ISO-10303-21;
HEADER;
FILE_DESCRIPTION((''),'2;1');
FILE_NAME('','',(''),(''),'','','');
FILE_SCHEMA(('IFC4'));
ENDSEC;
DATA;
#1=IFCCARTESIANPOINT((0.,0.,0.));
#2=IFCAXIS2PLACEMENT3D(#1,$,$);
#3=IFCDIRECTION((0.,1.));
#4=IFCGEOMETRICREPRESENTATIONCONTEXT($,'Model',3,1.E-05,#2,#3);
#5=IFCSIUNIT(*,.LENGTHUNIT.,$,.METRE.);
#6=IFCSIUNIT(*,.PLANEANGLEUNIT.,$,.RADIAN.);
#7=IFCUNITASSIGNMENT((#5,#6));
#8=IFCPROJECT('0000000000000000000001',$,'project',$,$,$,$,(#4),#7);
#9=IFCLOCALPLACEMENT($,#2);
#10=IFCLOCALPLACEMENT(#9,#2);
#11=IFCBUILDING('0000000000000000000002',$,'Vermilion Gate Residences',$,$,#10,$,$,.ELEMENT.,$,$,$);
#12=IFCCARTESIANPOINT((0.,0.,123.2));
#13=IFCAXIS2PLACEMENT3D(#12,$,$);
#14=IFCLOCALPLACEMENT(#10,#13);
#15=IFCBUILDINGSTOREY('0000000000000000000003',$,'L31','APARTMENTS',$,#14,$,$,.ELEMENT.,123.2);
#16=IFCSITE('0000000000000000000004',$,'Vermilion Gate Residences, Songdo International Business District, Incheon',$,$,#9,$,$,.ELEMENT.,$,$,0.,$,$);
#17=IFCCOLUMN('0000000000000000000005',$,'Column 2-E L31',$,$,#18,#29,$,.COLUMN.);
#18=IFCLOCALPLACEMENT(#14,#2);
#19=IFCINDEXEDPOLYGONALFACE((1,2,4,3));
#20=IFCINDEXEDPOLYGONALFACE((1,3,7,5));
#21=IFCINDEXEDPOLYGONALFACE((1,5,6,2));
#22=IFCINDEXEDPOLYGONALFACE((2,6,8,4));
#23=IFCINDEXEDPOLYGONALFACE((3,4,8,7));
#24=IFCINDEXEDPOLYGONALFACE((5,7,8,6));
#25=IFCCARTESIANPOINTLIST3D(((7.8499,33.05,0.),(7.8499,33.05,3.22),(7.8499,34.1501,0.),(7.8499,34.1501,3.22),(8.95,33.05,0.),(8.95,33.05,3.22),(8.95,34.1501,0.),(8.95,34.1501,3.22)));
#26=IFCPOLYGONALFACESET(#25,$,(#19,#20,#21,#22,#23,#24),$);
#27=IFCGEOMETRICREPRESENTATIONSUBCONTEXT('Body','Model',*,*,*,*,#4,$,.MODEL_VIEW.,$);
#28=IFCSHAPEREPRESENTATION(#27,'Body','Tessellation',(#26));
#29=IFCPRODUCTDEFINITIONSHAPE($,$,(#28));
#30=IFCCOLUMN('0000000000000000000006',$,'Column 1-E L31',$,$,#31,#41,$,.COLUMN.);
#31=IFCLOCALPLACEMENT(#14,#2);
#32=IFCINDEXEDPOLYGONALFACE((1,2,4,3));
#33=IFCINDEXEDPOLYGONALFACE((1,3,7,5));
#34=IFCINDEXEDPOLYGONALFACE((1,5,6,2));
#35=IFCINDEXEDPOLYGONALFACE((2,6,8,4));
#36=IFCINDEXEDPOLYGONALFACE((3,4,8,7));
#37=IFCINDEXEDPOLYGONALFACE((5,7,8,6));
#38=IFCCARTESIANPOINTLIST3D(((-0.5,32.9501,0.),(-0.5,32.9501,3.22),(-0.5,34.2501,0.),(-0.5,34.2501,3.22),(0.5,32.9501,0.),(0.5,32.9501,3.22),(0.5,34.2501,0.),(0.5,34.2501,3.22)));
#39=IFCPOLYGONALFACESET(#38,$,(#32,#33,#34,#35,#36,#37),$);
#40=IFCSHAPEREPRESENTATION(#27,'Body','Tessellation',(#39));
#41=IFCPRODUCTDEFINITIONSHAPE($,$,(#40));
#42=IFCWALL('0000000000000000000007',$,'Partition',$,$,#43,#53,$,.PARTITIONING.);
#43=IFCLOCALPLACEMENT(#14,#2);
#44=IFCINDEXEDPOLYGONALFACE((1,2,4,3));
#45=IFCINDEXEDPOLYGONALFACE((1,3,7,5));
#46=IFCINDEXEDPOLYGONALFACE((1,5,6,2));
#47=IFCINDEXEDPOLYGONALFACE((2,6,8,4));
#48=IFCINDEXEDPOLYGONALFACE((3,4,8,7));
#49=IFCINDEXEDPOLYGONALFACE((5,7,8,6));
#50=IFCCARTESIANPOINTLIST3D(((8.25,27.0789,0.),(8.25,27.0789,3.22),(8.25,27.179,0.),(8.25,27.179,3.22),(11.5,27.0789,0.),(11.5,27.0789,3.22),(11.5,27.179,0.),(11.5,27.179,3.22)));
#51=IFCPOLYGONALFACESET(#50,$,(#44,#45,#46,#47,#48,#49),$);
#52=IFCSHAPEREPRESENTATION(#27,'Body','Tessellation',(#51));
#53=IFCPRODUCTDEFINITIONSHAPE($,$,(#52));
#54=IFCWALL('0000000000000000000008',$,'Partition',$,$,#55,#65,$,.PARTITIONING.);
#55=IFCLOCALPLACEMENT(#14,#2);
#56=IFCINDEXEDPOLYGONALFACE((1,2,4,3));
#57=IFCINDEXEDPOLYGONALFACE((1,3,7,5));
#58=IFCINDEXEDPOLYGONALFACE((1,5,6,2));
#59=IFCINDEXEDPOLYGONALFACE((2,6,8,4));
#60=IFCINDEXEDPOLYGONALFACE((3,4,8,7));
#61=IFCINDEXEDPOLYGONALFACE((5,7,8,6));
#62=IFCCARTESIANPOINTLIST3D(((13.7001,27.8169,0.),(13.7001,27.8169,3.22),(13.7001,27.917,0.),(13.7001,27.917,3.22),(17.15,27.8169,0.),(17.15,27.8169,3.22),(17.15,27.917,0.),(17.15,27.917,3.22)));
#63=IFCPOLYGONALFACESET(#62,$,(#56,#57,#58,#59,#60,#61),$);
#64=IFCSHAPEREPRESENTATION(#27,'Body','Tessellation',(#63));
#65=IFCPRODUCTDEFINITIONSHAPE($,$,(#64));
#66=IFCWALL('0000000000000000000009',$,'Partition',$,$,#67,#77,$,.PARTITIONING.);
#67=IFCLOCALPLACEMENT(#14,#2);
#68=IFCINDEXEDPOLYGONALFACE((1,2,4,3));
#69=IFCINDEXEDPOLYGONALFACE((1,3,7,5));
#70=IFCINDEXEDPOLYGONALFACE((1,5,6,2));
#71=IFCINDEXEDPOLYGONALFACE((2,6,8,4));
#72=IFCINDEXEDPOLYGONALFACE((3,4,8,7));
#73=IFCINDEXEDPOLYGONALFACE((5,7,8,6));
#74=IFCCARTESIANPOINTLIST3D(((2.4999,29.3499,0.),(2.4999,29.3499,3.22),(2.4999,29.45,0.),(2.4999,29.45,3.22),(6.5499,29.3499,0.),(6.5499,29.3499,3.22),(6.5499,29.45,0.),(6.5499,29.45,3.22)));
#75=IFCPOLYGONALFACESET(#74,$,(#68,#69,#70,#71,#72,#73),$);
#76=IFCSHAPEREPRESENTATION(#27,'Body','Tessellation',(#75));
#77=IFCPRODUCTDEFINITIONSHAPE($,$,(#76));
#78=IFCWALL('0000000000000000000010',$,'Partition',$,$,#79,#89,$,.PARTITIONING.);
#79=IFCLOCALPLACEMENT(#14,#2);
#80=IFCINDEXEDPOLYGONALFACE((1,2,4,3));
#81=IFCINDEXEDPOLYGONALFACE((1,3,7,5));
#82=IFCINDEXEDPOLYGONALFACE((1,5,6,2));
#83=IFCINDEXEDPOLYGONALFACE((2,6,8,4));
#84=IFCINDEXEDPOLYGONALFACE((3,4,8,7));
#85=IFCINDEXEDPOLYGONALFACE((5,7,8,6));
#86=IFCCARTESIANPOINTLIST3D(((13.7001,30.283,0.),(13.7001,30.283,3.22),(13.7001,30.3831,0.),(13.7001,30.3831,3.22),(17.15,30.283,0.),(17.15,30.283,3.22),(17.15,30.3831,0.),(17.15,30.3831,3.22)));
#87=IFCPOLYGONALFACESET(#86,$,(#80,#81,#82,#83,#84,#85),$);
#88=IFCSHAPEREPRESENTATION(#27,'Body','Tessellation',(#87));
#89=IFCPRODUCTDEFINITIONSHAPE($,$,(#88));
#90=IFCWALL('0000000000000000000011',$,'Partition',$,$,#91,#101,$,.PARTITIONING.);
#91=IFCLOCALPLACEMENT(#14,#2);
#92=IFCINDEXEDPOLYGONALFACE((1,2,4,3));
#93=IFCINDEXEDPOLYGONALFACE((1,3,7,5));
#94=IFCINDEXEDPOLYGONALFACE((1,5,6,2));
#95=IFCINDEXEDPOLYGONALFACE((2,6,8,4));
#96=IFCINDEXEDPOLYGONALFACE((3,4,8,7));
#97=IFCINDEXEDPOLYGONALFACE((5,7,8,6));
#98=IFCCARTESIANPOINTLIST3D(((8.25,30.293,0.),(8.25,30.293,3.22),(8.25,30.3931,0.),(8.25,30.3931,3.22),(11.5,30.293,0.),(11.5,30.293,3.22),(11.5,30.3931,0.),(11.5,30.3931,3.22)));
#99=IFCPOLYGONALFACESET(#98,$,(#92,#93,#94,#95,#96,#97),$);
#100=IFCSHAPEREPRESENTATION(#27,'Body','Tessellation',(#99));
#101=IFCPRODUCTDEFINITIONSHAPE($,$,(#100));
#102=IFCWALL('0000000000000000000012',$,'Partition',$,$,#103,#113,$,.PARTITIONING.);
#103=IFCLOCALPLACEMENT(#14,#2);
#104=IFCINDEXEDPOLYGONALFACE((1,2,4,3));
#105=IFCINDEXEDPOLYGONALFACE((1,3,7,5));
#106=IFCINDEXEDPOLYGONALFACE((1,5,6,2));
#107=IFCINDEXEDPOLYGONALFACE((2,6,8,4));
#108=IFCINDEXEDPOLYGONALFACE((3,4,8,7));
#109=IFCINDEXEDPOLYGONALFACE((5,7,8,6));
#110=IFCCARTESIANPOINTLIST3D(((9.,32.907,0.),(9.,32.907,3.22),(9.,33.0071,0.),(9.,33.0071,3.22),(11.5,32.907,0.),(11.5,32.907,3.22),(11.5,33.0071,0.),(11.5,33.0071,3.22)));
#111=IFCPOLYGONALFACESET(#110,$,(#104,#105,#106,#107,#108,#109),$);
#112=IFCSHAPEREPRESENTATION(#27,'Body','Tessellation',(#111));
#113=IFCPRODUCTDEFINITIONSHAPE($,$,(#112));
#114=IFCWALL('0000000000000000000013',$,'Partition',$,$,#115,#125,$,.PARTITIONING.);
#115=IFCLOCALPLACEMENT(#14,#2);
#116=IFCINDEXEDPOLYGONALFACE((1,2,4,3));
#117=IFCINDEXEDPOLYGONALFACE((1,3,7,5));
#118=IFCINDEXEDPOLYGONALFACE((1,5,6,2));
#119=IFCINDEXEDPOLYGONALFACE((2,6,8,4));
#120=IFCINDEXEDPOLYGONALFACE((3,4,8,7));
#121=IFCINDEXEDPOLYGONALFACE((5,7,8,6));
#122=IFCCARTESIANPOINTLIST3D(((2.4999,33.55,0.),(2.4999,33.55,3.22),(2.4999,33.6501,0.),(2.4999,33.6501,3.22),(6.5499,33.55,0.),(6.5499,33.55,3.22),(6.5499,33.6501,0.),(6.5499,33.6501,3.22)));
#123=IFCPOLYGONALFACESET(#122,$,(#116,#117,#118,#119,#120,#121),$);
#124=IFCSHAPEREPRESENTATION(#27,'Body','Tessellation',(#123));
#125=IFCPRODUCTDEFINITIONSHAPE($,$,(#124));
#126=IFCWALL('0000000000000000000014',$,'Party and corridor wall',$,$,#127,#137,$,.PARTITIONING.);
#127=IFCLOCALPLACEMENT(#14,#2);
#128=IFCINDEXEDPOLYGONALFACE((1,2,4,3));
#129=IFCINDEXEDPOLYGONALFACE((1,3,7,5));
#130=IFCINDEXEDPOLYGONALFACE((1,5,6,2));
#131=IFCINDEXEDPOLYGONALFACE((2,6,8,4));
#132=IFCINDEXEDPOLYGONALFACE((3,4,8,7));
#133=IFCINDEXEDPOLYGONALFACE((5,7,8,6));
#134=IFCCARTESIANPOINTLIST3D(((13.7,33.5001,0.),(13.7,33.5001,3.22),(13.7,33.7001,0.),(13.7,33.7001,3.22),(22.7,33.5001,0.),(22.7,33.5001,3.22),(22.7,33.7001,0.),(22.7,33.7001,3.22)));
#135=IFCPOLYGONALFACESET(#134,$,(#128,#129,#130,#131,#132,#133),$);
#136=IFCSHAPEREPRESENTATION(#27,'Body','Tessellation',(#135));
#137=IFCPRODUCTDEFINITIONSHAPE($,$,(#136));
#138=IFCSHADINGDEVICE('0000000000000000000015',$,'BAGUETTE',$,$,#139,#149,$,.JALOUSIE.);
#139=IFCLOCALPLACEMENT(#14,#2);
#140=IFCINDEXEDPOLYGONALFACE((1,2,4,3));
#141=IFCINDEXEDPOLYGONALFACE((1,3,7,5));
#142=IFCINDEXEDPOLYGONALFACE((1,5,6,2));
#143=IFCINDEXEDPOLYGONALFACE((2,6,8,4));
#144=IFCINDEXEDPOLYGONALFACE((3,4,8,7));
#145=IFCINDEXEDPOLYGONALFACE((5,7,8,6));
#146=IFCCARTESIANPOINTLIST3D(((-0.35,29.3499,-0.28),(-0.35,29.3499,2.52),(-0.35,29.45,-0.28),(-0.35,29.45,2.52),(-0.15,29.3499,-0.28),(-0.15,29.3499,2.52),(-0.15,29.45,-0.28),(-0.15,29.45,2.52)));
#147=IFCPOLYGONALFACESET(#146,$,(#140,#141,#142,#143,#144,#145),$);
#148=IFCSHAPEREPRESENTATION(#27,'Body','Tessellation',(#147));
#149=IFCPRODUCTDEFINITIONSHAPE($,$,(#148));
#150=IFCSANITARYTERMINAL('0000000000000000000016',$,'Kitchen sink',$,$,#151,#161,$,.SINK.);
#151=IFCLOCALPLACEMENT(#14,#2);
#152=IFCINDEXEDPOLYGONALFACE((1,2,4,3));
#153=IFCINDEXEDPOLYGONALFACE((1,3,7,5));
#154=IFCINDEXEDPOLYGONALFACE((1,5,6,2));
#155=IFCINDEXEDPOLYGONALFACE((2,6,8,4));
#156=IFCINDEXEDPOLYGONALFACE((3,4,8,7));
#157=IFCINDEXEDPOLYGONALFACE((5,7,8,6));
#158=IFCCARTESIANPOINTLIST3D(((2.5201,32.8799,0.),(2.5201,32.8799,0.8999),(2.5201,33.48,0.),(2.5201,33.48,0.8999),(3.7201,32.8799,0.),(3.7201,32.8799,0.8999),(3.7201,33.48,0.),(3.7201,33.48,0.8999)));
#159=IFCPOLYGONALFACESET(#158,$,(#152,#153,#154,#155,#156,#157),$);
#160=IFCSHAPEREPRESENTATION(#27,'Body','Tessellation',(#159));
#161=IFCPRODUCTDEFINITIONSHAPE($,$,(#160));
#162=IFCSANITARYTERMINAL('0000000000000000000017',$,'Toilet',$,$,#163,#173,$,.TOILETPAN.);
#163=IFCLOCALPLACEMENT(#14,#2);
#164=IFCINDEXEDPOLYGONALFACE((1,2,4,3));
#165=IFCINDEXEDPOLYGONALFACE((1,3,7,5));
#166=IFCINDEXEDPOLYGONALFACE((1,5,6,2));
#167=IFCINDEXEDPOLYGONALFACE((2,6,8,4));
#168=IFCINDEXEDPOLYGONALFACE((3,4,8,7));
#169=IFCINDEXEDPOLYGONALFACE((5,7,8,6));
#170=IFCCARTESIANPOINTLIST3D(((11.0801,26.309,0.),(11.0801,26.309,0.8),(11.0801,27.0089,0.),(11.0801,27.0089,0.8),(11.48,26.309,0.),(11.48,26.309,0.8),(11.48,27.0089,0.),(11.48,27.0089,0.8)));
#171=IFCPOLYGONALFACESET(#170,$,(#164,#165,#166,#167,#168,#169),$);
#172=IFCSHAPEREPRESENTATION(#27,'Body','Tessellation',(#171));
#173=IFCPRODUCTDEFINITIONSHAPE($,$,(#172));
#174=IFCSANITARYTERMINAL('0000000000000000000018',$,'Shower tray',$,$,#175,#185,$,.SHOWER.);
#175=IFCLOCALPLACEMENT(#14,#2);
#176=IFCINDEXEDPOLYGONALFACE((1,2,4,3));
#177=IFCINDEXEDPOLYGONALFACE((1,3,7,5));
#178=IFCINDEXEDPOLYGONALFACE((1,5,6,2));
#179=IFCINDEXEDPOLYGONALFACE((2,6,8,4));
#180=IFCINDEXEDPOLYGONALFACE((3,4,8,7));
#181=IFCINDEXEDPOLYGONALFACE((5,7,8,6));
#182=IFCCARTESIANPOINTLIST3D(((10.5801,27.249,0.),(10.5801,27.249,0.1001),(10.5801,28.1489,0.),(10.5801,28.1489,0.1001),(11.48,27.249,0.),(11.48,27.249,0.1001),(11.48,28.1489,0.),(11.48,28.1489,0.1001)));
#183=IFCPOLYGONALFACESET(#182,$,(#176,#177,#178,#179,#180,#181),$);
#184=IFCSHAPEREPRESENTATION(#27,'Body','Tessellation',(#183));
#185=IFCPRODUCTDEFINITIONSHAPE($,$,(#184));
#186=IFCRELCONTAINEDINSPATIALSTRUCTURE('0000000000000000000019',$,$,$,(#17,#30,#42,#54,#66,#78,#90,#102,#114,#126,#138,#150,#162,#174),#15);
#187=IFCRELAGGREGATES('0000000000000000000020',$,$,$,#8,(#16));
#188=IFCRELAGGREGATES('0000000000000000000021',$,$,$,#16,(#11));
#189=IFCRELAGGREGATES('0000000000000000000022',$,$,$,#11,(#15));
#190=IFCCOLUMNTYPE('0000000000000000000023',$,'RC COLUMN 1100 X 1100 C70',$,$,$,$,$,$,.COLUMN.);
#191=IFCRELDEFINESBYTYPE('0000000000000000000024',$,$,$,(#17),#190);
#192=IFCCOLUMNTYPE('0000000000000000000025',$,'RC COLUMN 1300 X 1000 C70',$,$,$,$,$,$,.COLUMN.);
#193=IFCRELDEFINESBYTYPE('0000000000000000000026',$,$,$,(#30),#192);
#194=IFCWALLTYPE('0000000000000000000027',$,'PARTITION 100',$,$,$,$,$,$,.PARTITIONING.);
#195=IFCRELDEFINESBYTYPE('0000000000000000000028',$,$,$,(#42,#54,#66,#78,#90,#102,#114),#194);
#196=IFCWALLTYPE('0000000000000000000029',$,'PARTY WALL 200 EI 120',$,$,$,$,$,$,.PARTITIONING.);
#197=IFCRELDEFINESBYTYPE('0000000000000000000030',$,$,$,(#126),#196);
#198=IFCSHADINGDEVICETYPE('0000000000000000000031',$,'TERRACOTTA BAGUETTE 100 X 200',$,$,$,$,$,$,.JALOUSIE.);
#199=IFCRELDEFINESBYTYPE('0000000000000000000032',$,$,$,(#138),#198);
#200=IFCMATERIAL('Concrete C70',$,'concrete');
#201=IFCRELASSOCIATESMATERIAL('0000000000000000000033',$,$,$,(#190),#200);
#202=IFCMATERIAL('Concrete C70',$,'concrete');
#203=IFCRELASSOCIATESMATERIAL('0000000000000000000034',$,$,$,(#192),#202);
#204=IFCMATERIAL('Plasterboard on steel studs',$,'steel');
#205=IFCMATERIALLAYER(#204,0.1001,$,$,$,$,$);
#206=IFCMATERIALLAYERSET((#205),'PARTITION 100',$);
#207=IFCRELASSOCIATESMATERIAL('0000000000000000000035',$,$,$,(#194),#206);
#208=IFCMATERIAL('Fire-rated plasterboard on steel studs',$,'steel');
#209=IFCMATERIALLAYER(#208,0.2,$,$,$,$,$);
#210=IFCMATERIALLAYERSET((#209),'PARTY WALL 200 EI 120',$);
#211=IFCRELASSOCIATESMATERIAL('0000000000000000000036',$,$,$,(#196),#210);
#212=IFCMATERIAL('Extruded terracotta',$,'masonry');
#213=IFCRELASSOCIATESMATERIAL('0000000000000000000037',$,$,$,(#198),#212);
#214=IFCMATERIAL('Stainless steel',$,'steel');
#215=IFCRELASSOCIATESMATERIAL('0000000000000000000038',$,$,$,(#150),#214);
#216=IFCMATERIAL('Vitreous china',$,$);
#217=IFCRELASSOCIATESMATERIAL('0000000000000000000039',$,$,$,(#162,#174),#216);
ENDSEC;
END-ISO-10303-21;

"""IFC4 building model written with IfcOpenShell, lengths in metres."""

from ifc_helpers import new_model, si_unit, direction, frame, frame_2d, origin, origin_2d, place, context, subcontext, project, spatial, rectangle, extrude, material, layer, layer_set, material_profile, profile_set, type_object, element, save


model = new_model("IFC4")

# Units and contexts
model_context = context("Model", 3, precision=1e-05, world=origin(), true_north=direction((0.0, 1.0)))
body_context = subcontext(model_context, "Body", "Model", "MODEL_VIEW")
ifc_project = project(units=[si_unit("LENGTHUNIT", "METRE"), si_unit("PLANEANGLEUNIT", "RADIAN")], contexts=[model_context])

# Site, building, storey
site_placement = place(None, origin())
site = spatial("IfcSite", under=ifc_project, at=site_placement, Name="Vermilion Gate Residences, Songdo International Business District, Incheon", CompositionType="ELEMENT", RefElevation=0.0)
building_placement = place(site_placement, origin())
building = spatial("IfcBuilding", under=site, at=building_placement, Name="Vermilion Gate Residences", CompositionType="ELEMENT")
storey_placement = place(building_placement, frame((0.0, 0.0, 123.2)))
storey = spatial("IfcBuildingStorey", under=building, at=storey_placement, Name="L31", Description="APARTMENTS", CompositionType="ELEMENT", Elevation=123.2)

# Columns
ifc_material_1 = material(Name="Concrete C70", Category="concrete")
ifc_material_profile_1 = material_profile(ifc_material_1, rectangle(XDim=1.1001, YDim=1.1001, at=origin_2d()), Name="RC-1100x1100")
ifc_profile_set_1 = profile_set([ifc_material_profile_1], Name="Concrete C70")
column_type_1 = type_object("IfcColumnType", Name="RC COLUMN 1100 X 1100 C70", PredefinedType="COLUMN", material=ifc_profile_set_1)
column_1_placement = place(storey_placement, frame((8.3999, 33.6001, 0.0), z_axis=(0.0, 0.0, 1.0), x_axis=(1.0, 0.0, 0.0)))
element("IfcColumn", 1, at=column_1_placement, inside=storey, type_object=column_type_1, Name="Column 2-E L31", PredefinedType="COLUMN", context=body_context, shape_type="SweptSolid", body=[
    extrude(rectangle(XDim=1.1001, YDim=1.1001, at=origin_2d()), origin(), (0.0, 0.0, 1.0), 3.22),
])
ifc_material_2 = material(Name="Concrete C70", Category="concrete")
ifc_material_profile_2 = material_profile(ifc_material_2, rectangle(XDim=1.3, YDim=1.0, at=origin_2d()), Name="RC-1300x1000")
ifc_profile_set_2 = profile_set([ifc_material_profile_2], Name="Concrete C70")
column_type_2 = type_object("IfcColumnType", Name="RC COLUMN 1300 X 1000 C70", PredefinedType="COLUMN", material=ifc_profile_set_2)
column_2_placement = place(storey_placement, frame((0.0, 33.6001, 0.0), z_axis=(0.0, 0.0, 1.0), x_axis=(0.0, 1.0, 0.0)))
element("IfcColumn", 2, at=column_2_placement, inside=storey, type_object=column_type_2, Name="Column 1-E L31", PredefinedType="COLUMN", context=body_context, shape_type="SweptSolid", body=[
    extrude(rectangle(XDim=1.3, YDim=1.0, at=origin_2d()), origin(), (0.0, 0.0, 1.0), 3.22),
])

# Walls
ifc_material_3 = material(Name="Plasterboard on steel studs", Category="steel")
ifc_layer_1 = layer(ifc_material_3, 0.1001)
ifc_layer_set_1 = layer_set([ifc_layer_1], Name="PARTITION 100")
wall_type_1 = type_object("IfcWallType", Name="PARTITION 100", PredefinedType="PARTITIONING", material=ifc_layer_set_1)
wall_1_placement = place(storey_placement, frame((8.25, 27.1289, 0.0), z_axis=(0.0, 0.0, 1.0), x_axis=(1.0, 0.0, 0.0)))
element("IfcWall", 3, at=wall_1_placement, inside=storey, type_object=wall_type_1, Name="Partition", PredefinedType="PARTITIONING", context=body_context, shape_type="SweptSolid", body=[
    extrude(rectangle(XDim=3.25, YDim=0.1001, at=frame_2d((1.625, 0.0))), origin(), (0.0, 0.0, 1.0), 3.22),
])
wall_2_placement = place(storey_placement, frame((13.7, 27.8669, 0.0), z_axis=(0.0, 0.0, 1.0), x_axis=(1.0, 0.0, 0.0)))
element("IfcWall", 4, at=wall_2_placement, inside=storey, type_object=wall_type_1, Name="Partition", PredefinedType="PARTITIONING", context=body_context, shape_type="SweptSolid", body=[
    extrude(rectangle(XDim=3.45, YDim=0.1001, at=frame_2d((1.7251, 0.0))), origin(), (0.0, 0.0, 1.0), 3.22),
])
wall_3_placement = place(storey_placement, frame((2.5, 29.3999, 0.0), z_axis=(0.0, 0.0, 1.0), x_axis=(1.0, 0.0, 0.0)))
element("IfcWall", 5, at=wall_3_placement, inside=storey, type_object=wall_type_1, Name="Partition", PredefinedType="PARTITIONING", context=body_context, shape_type="SweptSolid", body=[
    extrude(rectangle(XDim=4.05, YDim=0.1001, at=frame_2d((2.0249, 0.0))), origin(), (0.0, 0.0, 1.0), 3.22),
])
wall_4_placement = place(storey_placement, frame((13.7, 30.333, 0.0), z_axis=(0.0, 0.0, 1.0), x_axis=(1.0, 0.0, 0.0)))
element("IfcWall", 6, at=wall_4_placement, inside=storey, type_object=wall_type_1, Name="Partition", PredefinedType="PARTITIONING", context=body_context, shape_type="SweptSolid", body=[
    extrude(rectangle(XDim=3.45, YDim=0.1001, at=frame_2d((1.7251, 0.0))), origin(), (0.0, 0.0, 1.0), 3.22),
])
wall_5_placement = place(storey_placement, frame((8.25, 30.343, 0.0), z_axis=(0.0, 0.0, 1.0), x_axis=(1.0, 0.0, 0.0)))
element("IfcWall", 7, at=wall_5_placement, inside=storey, type_object=wall_type_1, Name="Partition", PredefinedType="PARTITIONING", context=body_context, shape_type="SweptSolid", body=[
    extrude(rectangle(XDim=3.25, YDim=0.1001, at=frame_2d((1.625, 0.0))), origin(), (0.0, 0.0, 1.0), 3.22),
])
wall_6_placement = place(storey_placement, frame((9.0, 32.957, 0.0), z_axis=(0.0, 0.0, 1.0), x_axis=(1.0, 0.0, 0.0)))
element("IfcWall", 8, at=wall_6_placement, inside=storey, type_object=wall_type_1, Name="Partition", PredefinedType="PARTITIONING", context=body_context, shape_type="SweptSolid", body=[
    extrude(rectangle(XDim=2.5, YDim=0.1001, at=frame_2d((1.25, 0.0))), origin(), (0.0, 0.0, 1.0), 3.22),
])
wall_7_placement = place(storey_placement, frame((2.5, 33.6001, 0.0), z_axis=(0.0, 0.0, 1.0), x_axis=(1.0, 0.0, 0.0)))
element("IfcWall", 9, at=wall_7_placement, inside=storey, type_object=wall_type_1, Name="Partition", PredefinedType="PARTITIONING", context=body_context, shape_type="SweptSolid", body=[
    extrude(rectangle(XDim=4.05, YDim=0.1001, at=frame_2d((2.0249, 0.0))), origin(), (0.0, 0.0, 1.0), 3.22),
])
ifc_material_4 = material(Name="Fire-rated plasterboard on steel studs", Category="steel")
ifc_layer_2 = layer(ifc_material_4, 0.2)
ifc_layer_set_2 = layer_set([ifc_layer_2], Name="PARTY WALL 200 EI 120")
wall_type_2 = type_object("IfcWallType", Name="PARTY WALL 200 EI 120", PredefinedType="PARTITIONING", material=ifc_layer_set_2)
wall_8_placement = place(storey_placement, frame((13.7, 33.6001, 0.0), z_axis=(0.0, 0.0, 1.0), x_axis=(1.0, 0.0, 0.0)))
element("IfcWall", 10, at=wall_8_placement, inside=storey, type_object=wall_type_2, Name="Party and corridor wall", PredefinedType="PARTITIONING", context=body_context, shape_type="SweptSolid", body=[
    extrude(rectangle(XDim=9.0, YDim=0.2, at=frame_2d((4.5, 0.0))), origin(), (0.0, 0.0, 1.0), 3.22),
])

# Shading device
ifc_material_5 = material(Name="Extruded terracotta", Category="masonry")
ifc_material_profile_3 = material_profile(ifc_material_5, rectangle(XDim=0.2, YDim=0.1001, at=origin_2d()), Name="BAGUETTE 100 X 200")
ifc_profile_set_3 = profile_set([ifc_material_profile_3], Name="Extruded terracotta")
shading_device_type = type_object("IfcShadingDeviceType", Name="TERRACOTTA BAGUETTE 100 X 200", PredefinedType="JALOUSIE", material=ifc_profile_set_3)
shading_device_placement = place(storey_placement, frame((-0.25, 29.3999, -0.28), z_axis=(0.0, 0.0, 1.0), x_axis=(1.0, 0.0, 0.0)))
element("IfcShadingDevice", 11, at=shading_device_placement, inside=storey, type_object=shading_device_type, Name="BAGUETTE", PredefinedType="JALOUSIE", context=body_context, shape_type="SweptSolid", body=[
    extrude(rectangle(XDim=0.2, YDim=0.1001, at=origin_2d()), origin(), (0.0, 0.0, 1.0), 2.8),
])

# Sanitary terminals
ifc_material_6 = material(Name="Stainless steel", Category="steel")
sanitary_terminal_1_placement = place(storey_placement, frame((3.1201, 33.1799, 0.0), z_axis=(0.0, 0.0, 1.0), x_axis=(1.0, 0.0, 0.0)))
element("IfcSanitaryTerminal", 12, at=sanitary_terminal_1_placement, inside=storey, material=ifc_material_6, Name="Kitchen sink", PredefinedType="SINK", context=body_context, shape_type="SweptSolid", body=[
    extrude(rectangle(XDim=1.2, YDim=0.6001, at=origin_2d()), origin(), (0.0, 0.0, 1.0), 0.8999),
])
ifc_material_7 = material(Name="Vitreous china")
sanitary_terminal_2_placement = place(storey_placement, frame((11.28, 26.6589, 0.0), z_axis=(0.0, 0.0, 1.0), x_axis=(1.0, 0.0, 0.0)))
element("IfcSanitaryTerminal", 13, at=sanitary_terminal_2_placement, inside=storey, material=ifc_material_7, Name="Toilet", PredefinedType="TOILETPAN", context=body_context, shape_type="SweptSolid", body=[
    extrude(rectangle(XDim=0.3999, YDim=0.7, at=origin_2d()), origin(), (0.0, 0.0, 1.0), 0.8),
])
sanitary_terminal_3_placement = place(storey_placement, frame((11.03, 27.699, 0.0), z_axis=(0.0, 0.0, 1.0), x_axis=(1.0, 0.0, 0.0)))
element("IfcSanitaryTerminal", 14, at=sanitary_terminal_3_placement, inside=storey, material=ifc_material_7, Name="Shower tray", PredefinedType="SHOWER", context=body_context, shape_type="SweptSolid", body=[
    extrude(rectangle(XDim=0.8999, YDim=0.8999, at=origin_2d()), origin(), (0.0, 0.0, 1.0), 0.1001),
])

save(model, "model.ifc")
